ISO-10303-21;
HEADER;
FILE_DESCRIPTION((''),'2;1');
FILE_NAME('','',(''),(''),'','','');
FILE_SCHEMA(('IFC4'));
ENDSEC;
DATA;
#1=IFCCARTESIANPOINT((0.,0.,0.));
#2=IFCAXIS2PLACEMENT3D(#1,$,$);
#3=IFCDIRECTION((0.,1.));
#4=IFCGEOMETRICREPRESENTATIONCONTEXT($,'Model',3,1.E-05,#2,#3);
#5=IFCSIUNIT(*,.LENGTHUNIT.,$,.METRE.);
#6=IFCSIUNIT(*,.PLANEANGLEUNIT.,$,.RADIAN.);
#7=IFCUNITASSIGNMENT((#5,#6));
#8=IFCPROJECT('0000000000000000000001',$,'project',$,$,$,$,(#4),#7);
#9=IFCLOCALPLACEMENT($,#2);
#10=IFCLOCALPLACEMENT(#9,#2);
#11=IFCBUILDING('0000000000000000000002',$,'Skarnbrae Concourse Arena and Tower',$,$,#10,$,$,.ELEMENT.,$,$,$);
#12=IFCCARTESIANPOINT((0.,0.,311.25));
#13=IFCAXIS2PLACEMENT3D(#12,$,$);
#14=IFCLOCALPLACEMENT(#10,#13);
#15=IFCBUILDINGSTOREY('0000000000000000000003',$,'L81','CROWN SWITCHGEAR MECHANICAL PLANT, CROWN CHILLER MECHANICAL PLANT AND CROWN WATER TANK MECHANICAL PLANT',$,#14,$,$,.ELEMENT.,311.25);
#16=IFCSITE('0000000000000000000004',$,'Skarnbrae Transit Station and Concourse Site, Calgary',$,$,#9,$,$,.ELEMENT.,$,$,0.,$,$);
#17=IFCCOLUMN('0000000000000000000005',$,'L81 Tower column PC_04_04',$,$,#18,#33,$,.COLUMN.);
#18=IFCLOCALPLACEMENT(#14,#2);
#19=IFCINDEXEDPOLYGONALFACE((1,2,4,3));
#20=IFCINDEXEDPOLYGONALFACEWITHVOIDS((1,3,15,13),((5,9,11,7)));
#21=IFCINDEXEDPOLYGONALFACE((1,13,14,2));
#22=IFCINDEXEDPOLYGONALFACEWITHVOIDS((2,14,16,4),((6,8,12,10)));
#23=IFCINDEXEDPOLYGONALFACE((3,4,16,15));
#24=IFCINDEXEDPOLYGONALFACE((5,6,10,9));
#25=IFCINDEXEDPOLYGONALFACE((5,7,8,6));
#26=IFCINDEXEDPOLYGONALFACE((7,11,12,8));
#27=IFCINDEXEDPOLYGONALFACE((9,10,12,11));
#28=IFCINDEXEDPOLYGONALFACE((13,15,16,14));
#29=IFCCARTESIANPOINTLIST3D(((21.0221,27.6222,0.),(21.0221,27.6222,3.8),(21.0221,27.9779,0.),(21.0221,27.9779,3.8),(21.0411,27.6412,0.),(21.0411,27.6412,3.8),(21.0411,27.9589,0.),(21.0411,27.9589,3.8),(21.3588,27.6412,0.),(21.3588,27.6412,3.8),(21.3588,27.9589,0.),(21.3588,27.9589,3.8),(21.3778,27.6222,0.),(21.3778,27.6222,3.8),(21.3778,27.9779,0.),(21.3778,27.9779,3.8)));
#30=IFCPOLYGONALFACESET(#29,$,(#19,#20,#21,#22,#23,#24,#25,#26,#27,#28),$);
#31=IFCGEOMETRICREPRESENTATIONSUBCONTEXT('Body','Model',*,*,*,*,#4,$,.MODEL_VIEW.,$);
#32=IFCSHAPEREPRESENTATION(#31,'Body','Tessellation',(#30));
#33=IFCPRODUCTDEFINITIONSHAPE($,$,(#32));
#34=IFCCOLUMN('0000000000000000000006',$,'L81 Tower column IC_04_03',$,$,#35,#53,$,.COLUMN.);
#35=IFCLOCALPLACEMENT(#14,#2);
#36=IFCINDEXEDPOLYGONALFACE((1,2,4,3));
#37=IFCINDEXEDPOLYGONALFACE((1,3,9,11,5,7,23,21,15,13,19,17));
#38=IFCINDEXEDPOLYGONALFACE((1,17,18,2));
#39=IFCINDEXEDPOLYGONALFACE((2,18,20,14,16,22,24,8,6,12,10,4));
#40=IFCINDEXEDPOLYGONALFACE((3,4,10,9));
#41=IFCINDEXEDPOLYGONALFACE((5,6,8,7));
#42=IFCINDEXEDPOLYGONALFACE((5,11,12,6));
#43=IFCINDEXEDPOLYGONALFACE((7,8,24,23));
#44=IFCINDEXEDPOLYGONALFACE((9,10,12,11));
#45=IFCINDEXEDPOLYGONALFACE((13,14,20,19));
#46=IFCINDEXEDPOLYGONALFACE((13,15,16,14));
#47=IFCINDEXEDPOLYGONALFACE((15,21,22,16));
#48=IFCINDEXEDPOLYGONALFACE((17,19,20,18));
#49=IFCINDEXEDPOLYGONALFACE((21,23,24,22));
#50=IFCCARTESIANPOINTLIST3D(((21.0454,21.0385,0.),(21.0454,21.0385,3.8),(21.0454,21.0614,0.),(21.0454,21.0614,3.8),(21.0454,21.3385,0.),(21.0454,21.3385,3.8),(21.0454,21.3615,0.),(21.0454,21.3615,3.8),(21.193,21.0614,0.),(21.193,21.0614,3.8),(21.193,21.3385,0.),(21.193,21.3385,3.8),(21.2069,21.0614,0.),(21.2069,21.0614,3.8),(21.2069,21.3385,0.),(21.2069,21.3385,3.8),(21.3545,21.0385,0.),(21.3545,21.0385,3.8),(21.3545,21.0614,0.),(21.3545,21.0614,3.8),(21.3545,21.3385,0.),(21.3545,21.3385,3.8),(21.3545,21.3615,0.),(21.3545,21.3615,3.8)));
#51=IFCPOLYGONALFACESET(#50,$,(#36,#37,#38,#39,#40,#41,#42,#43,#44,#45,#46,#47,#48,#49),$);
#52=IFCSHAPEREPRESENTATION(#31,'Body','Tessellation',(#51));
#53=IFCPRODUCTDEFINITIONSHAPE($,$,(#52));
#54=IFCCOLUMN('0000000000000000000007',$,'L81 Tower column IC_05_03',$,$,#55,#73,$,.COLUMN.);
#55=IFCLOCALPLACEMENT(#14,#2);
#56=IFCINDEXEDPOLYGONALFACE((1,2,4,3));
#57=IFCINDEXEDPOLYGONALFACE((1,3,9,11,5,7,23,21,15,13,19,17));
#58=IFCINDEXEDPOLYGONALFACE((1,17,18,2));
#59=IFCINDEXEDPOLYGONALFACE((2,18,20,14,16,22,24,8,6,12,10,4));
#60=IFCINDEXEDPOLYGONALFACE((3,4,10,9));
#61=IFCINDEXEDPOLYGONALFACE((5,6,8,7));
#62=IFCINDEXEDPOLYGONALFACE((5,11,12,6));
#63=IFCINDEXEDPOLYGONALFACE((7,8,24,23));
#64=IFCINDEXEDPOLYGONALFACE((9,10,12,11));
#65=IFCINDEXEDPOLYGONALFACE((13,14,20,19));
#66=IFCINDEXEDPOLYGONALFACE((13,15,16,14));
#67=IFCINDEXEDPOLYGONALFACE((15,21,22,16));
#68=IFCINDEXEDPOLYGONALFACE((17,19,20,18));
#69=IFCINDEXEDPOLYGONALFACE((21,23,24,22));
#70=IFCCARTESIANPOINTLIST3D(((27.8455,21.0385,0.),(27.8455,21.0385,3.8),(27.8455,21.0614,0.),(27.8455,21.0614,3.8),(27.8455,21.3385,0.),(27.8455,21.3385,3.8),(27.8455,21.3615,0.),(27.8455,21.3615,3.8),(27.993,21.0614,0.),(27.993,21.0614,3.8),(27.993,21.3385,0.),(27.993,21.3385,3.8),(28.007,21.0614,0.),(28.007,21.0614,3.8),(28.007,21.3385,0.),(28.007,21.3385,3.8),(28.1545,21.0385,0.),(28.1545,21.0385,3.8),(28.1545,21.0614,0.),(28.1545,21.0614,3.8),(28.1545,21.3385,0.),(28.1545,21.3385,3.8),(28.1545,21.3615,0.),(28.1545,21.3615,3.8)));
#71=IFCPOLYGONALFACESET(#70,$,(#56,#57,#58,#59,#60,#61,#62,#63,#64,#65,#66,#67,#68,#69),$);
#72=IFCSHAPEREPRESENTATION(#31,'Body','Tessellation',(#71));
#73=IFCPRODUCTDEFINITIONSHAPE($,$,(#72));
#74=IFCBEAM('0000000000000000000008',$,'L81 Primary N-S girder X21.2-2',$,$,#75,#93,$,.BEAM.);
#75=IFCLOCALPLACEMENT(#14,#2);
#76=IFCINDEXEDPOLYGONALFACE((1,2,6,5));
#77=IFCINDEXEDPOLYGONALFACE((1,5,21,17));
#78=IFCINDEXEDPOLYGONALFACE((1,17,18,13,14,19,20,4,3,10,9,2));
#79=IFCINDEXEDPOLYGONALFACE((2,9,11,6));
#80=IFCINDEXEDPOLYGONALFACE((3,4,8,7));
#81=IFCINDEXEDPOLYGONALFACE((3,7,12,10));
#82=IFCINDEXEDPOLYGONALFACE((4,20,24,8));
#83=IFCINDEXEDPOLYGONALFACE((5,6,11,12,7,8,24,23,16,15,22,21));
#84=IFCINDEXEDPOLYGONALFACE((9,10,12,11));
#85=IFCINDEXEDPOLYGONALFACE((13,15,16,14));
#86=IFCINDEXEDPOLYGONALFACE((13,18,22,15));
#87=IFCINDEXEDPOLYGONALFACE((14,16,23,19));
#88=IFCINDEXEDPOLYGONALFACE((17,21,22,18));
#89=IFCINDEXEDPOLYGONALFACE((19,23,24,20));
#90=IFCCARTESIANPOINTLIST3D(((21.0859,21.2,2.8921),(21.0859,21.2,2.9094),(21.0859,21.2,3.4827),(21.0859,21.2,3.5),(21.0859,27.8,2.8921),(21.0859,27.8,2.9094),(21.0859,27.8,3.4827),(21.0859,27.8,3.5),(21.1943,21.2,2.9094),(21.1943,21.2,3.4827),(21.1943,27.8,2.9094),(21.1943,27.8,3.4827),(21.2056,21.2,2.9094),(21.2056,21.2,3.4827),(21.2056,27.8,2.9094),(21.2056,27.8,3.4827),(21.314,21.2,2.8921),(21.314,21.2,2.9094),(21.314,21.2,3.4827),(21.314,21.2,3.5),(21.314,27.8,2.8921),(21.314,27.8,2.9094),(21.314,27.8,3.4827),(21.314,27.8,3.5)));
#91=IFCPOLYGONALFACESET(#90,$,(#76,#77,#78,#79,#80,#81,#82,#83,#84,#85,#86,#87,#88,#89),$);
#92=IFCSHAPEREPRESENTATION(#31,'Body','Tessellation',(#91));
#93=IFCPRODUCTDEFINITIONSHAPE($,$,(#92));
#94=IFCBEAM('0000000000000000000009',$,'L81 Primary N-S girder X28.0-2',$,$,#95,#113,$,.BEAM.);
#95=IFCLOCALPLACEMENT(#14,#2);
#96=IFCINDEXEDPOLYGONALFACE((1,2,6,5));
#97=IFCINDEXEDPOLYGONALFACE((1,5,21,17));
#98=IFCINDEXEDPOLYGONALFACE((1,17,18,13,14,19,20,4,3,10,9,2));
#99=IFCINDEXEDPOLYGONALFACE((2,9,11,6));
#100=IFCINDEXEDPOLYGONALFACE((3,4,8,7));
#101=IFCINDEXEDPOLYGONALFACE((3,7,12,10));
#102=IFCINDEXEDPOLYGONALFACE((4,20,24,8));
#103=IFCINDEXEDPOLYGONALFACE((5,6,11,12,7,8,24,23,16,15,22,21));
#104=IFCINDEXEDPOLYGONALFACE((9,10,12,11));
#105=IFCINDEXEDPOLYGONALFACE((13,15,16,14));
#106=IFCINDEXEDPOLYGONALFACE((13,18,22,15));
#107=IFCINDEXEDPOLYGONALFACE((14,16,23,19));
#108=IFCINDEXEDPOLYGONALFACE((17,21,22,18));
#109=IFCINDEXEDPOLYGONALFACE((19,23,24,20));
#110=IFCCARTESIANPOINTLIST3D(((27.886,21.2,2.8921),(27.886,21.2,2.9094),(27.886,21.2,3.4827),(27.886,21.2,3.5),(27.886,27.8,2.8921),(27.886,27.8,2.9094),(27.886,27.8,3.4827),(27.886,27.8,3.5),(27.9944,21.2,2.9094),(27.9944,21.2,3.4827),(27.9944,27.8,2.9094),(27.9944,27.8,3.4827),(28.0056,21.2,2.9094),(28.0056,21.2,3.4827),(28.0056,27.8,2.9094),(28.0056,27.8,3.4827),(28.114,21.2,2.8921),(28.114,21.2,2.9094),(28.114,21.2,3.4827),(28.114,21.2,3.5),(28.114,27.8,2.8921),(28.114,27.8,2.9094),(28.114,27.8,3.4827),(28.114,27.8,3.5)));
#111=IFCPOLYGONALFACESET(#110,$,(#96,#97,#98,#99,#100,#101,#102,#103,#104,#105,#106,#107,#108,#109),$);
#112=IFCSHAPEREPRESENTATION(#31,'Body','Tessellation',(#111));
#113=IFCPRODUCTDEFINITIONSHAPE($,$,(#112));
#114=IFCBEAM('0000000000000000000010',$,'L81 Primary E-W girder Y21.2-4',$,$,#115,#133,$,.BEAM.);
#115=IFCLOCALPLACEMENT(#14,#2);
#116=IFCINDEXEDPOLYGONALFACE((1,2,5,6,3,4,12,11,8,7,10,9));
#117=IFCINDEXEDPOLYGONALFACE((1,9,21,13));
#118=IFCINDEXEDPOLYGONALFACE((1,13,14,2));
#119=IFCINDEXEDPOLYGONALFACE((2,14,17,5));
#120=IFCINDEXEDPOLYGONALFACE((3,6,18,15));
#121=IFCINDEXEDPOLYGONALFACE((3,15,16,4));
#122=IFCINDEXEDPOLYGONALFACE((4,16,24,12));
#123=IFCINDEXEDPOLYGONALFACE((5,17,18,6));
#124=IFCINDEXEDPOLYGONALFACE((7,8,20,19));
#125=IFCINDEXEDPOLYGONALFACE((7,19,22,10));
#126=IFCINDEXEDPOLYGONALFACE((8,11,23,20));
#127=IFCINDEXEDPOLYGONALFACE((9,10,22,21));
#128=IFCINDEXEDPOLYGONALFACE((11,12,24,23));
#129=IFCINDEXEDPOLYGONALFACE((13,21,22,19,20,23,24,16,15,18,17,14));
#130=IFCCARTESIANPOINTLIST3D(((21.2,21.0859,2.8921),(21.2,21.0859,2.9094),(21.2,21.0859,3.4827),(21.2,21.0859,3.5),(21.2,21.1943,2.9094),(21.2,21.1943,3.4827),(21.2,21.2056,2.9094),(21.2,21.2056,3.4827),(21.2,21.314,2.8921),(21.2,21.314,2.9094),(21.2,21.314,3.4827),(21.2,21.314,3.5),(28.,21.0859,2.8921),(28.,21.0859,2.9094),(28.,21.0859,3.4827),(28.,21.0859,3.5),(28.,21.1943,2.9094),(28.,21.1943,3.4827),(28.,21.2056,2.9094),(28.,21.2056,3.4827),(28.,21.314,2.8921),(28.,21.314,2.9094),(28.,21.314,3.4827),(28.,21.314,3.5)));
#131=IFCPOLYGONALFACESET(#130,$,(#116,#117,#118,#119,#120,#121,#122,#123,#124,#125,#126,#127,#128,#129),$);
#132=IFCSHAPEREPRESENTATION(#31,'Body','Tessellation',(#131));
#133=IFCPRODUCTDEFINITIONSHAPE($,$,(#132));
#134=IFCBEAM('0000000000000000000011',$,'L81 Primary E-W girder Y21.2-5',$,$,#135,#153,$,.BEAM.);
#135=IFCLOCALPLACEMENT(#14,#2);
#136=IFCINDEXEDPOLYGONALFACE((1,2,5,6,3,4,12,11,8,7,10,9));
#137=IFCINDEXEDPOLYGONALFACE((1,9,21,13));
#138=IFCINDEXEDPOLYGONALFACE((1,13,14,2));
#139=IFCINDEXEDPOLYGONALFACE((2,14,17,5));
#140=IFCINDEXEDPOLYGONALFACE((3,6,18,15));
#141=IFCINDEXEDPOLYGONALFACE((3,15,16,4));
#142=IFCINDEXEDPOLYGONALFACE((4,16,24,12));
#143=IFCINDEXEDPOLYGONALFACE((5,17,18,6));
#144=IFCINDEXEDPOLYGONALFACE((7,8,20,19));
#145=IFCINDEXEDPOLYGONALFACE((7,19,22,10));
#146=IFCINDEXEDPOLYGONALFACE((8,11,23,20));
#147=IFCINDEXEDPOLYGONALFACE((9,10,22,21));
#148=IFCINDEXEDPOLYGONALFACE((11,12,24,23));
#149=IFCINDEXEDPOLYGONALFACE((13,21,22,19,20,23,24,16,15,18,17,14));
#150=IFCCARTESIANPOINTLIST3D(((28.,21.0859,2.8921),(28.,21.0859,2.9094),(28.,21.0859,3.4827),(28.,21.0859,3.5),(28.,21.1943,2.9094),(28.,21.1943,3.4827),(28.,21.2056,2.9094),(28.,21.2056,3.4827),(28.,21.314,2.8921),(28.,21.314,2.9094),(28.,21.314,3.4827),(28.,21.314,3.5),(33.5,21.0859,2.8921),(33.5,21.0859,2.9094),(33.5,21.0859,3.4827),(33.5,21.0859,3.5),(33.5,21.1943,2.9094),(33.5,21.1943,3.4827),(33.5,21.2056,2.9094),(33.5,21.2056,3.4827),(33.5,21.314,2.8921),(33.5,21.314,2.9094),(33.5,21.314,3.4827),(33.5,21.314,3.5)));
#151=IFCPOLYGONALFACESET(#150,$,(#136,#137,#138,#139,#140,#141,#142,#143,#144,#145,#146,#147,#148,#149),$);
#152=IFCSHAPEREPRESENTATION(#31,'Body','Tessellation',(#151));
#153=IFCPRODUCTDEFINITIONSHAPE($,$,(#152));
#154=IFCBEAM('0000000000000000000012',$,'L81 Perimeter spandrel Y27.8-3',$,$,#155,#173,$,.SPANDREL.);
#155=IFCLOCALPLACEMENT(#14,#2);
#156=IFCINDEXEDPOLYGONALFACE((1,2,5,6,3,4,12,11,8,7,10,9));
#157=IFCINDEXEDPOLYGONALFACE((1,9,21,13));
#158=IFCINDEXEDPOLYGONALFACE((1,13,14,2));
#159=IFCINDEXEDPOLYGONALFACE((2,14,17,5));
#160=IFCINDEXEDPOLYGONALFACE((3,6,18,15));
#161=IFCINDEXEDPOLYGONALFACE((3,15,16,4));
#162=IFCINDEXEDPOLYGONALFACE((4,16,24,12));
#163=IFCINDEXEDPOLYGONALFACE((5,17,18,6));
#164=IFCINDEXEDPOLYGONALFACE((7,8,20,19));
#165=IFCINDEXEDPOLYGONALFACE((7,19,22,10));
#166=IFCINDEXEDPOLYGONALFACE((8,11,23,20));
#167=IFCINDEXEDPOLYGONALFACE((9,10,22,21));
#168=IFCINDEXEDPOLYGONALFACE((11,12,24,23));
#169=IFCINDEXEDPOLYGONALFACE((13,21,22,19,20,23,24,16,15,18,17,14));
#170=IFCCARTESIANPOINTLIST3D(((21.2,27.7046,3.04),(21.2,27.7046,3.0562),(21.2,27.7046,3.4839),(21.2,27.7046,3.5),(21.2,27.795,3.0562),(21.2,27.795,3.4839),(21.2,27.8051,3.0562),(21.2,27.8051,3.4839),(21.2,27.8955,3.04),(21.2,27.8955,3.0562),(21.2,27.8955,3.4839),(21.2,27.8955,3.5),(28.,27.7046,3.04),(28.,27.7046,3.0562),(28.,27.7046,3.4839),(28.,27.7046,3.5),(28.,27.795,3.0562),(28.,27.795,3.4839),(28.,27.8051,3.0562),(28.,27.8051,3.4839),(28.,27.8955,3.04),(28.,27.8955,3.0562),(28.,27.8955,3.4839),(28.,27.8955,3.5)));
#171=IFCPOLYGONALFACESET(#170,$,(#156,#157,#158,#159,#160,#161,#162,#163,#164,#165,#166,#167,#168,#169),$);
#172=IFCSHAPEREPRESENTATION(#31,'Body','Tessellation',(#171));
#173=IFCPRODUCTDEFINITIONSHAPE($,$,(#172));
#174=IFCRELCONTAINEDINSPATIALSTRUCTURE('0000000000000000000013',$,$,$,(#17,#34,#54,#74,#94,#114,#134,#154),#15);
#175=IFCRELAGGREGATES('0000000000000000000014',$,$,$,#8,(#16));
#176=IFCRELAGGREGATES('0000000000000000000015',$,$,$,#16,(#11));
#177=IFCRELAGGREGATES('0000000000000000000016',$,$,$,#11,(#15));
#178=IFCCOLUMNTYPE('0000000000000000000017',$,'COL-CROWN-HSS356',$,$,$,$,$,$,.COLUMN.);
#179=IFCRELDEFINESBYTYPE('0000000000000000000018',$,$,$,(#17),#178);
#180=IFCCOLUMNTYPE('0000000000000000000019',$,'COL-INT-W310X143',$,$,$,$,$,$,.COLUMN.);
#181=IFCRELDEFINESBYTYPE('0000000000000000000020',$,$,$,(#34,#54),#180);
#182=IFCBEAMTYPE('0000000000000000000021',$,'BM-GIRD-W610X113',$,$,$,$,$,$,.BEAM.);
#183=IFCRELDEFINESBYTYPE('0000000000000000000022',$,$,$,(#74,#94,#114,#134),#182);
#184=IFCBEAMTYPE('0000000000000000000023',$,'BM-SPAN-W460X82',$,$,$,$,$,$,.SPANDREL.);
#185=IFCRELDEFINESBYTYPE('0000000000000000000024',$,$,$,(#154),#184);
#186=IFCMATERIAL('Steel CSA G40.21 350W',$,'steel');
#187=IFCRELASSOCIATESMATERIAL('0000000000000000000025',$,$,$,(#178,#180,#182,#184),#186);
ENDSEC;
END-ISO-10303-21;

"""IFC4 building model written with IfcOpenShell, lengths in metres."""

from ifc_helpers import new_model, si_unit, direction, frame, origin, origin_2d, place, context, subcontext, project, spatial, hollow_rectangle, i_section, extrude, source, transform, mapped, material, material_profile, profile_set, type_object, element, save


model = new_model("IFC4")

# Units and contexts
model_context = context("Model", 3, precision=1e-05, world=origin(), true_north=direction((0.0, 1.0)))
body_context = subcontext(model_context, "Body", "Model", "MODEL_VIEW")
ifc_project = project(units=[si_unit("LENGTHUNIT", "METRE"), si_unit("PLANEANGLEUNIT", "RADIAN")], contexts=[model_context])

# Site, building, storey
site_placement = place(None, origin())
site = spatial("IfcSite", under=ifc_project, at=site_placement, Name="Skarnbrae Transit Station and Concourse Site, Calgary", CompositionType="ELEMENT", RefElevation=0.0)
building_placement = place(site_placement, origin())
building = spatial("IfcBuilding", under=site, at=building_placement, Name="Skarnbrae Concourse Arena and Tower", CompositionType="ELEMENT")
storey_placement = place(building_placement, frame((0.0, 0.0, 311.25)))
storey = spatial("IfcBuildingStorey", under=building, at=storey_placement, Name="L81", Description="CROWN SWITCHGEAR MECHANICAL PLANT, CROWN CHILLER MECHANICAL PLANT AND CROWN WATER TANK MECHANICAL PLANT", CompositionType="ELEMENT", Elevation=311.25)

# Columns
ifc_material_1 = material(Name="Steel CSA G40.21 350W", Category="steel")
ifc_material_profile_1 = material_profile(ifc_material_1, hollow_rectangle(XDim=0.3557, YDim=0.3557, WallThickness=0.019, at=origin_2d()), Name="HSS356X356X19.0")
ifc_profile_set_1 = profile_set([ifc_material_profile_1], Name="Steel CSA G40.21 350W")
column_type_1 = type_object("IfcColumnType", Name="COL-CROWN-HSS356", PredefinedType="COLUMN", material=ifc_profile_set_1)
shared_shape_1 = source(origin(), body_context, "Body", "SweptSolid", [
    extrude(hollow_rectangle(XDim=0.3557, YDim=0.3557, WallThickness=0.019, at=origin_2d()), origin(), (0.0, 0.0, 1.0), 3.8),
])
column_placement = place(storey_placement, frame((21.2, 27.8, 0.0), z_axis=(0.0, 0.0, 1.0), x_axis=(1.0, 0.0, 0.0)))
element("IfcColumn", 1, at=column_placement, inside=storey, type_object=column_type_1, Name="L81 Tower column PC_04_04", PredefinedType="COLUMN", context=body_context, shape_type="MappedRepresentation", body=[
    mapped(shared_shape_1, transform((0.0, 0.0, 0.0))),
])
ifc_material_profile_2 = material_profile(ifc_material_1, i_section(OverallWidth=0.3091, OverallDepth=0.323, WebThickness=0.0139, FlangeThickness=0.0229, at=origin_2d()), Name="W310X143")
ifc_profile_set_2 = profile_set([ifc_material_profile_2], Name="Steel CSA G40.21 350W")
column_type_2 = type_object("IfcColumnType", Name="COL-INT-W310X143", PredefinedType="COLUMN", material=ifc_profile_set_2)
shared_shape_2 = source(origin(), body_context, "Body", "SweptSolid", [
    extrude(i_section(OverallWidth=0.3091, OverallDepth=0.323, WebThickness=0.0139, FlangeThickness=0.0229, at=origin_2d()), origin(), (0.0, 0.0, 1.0), 3.8),
])
for number, where, z_axis, x_axis, name in (
    (2, (21.2, 21.2, 0.0), (0.0, 0.0, 1.0), (1.0, 0.0, 0.0), "L81 Tower column IC_04_03"),
    (3, (28.0, 21.2, 0.0), (0.0, 0.0, 1.0), (1.0, 0.0, 0.0), "L81 Tower column IC_05_03"),
):
    element("IfcColumn", number, at=place(storey_placement, frame(where, z_axis=z_axis, x_axis=x_axis)), inside=storey, type_object=column_type_2, Name=name, PredefinedType="COLUMN", context=body_context, shape_type="MappedRepresentation", body=[
        mapped(shared_shape_2, transform((0.0, 0.0, 0.0))),
    ])

# Beams
ifc_material_profile_3 = material_profile(ifc_material_1, i_section(OverallWidth=0.228, OverallDepth=0.6079, WebThickness=0.0112, FlangeThickness=0.0173, at=origin_2d()), Name="W610X113")
ifc_profile_set_3 = profile_set([ifc_material_profile_3], Name="Steel CSA G40.21 350W")
beam_type_1 = type_object("IfcBeamType", Name="BM-GIRD-W610X113", PredefinedType="BEAM", material=ifc_profile_set_3)
shared_shape_3 = source(origin(), body_context, "Body", "SweptSolid", [
    extrude(i_section(OverallWidth=0.228, OverallDepth=0.6079, WebThickness=0.0112, FlangeThickness=0.0173, at=origin_2d()), origin(), (0.0, 0.0, 1.0), 6.6001),
])
for number, where, z_axis, x_axis, name in (
    (4, (21.2, 21.2, 3.196), (0.0, 1.0, 0.0), (-1.0, 0.0, 0.0), "L81 Primary N-S girder X21.2-2"),
    (5, (28.0, 21.2, 3.196), (0.0, 1.0, 0.0), (-1.0, 0.0, 0.0), "L81 Primary N-S girder X28.0-2"),
):
    element("IfcBeam", number, at=place(storey_placement, frame(where, z_axis=z_axis, x_axis=x_axis)), inside=storey, type_object=beam_type_1, Name=name, PredefinedType="BEAM", context=body_context, shape_type="MappedRepresentation", body=[
        mapped(shared_shape_3, transform((0.0, 0.0, 0.0))),
    ])
shared_shape_4 = source(origin(), body_context, "Body", "SweptSolid", [
    extrude(i_section(OverallWidth=0.228, OverallDepth=0.6079, WebThickness=0.0112, FlangeThickness=0.0173, at=origin_2d()), origin(), (0.0, 0.0, 1.0), 6.8),
])
beam_1_placement = place(storey_placement, frame((21.2, 21.2, 3.196), z_axis=(1.0, 0.0, 0.0), x_axis=(0.0, 1.0, 0.0)))
element("IfcBeam", 6, at=beam_1_placement, inside=storey, type_object=beam_type_1, Name="L81 Primary E-W girder Y21.2-4", PredefinedType="BEAM", context=body_context, shape_type="MappedRepresentation", body=[
    mapped(shared_shape_4, transform((0.0, 0.0, 0.0))),
])
shared_shape_5 = source(origin(), body_context, "Body", "SweptSolid", [
    extrude(i_section(OverallWidth=0.228, OverallDepth=0.6079, WebThickness=0.0112, FlangeThickness=0.0173, at=origin_2d()), origin(), (0.0, 0.0, 1.0), 5.5),
])
beam_2_placement = place(storey_placement, frame((28.0, 21.2, 3.196), z_axis=(1.0, 0.0, 0.0), x_axis=(0.0, 1.0, 0.0)))
element("IfcBeam", 7, at=beam_2_placement, inside=storey, type_object=beam_type_1, Name="L81 Primary E-W girder Y21.2-5", PredefinedType="BEAM", context=body_context, shape_type="MappedRepresentation", body=[
    mapped(shared_shape_5, transform((0.0, 0.0, 0.0))),
])
ifc_material_profile_4 = material_profile(ifc_material_1, i_section(OverallWidth=0.1909, OverallDepth=0.46, WebThickness=0.01, FlangeThickness=0.0161, at=origin_2d()), Name="W460X82")
ifc_profile_set_4 = profile_set([ifc_material_profile_4], Name="Steel CSA G40.21 350W")
beam_type_2 = type_object("IfcBeamType", Name="BM-SPAN-W460X82", PredefinedType="SPANDREL", material=ifc_profile_set_4)
shared_shape_6 = source(origin(), body_context, "Body", "SweptSolid", [
    extrude(i_section(OverallWidth=0.1909, OverallDepth=0.46, WebThickness=0.01, FlangeThickness=0.0161, at=origin_2d()), origin(), (0.0, 0.0, 1.0), 6.8),
])
beam_3_placement = place(storey_placement, frame((21.2, 27.8, 3.27), z_axis=(1.0, 0.0, 0.0), x_axis=(0.0, 1.0, 0.0)))
element("IfcBeam", 8, at=beam_3_placement, inside=storey, type_object=beam_type_2, Name="L81 Perimeter spandrel Y27.8-3", PredefinedType="SPANDREL", context=body_context, shape_type="MappedRepresentation", body=[
    mapped(shared_shape_6, transform((0.0, 0.0, 0.0))),
])

save(model, "model.ifc")
